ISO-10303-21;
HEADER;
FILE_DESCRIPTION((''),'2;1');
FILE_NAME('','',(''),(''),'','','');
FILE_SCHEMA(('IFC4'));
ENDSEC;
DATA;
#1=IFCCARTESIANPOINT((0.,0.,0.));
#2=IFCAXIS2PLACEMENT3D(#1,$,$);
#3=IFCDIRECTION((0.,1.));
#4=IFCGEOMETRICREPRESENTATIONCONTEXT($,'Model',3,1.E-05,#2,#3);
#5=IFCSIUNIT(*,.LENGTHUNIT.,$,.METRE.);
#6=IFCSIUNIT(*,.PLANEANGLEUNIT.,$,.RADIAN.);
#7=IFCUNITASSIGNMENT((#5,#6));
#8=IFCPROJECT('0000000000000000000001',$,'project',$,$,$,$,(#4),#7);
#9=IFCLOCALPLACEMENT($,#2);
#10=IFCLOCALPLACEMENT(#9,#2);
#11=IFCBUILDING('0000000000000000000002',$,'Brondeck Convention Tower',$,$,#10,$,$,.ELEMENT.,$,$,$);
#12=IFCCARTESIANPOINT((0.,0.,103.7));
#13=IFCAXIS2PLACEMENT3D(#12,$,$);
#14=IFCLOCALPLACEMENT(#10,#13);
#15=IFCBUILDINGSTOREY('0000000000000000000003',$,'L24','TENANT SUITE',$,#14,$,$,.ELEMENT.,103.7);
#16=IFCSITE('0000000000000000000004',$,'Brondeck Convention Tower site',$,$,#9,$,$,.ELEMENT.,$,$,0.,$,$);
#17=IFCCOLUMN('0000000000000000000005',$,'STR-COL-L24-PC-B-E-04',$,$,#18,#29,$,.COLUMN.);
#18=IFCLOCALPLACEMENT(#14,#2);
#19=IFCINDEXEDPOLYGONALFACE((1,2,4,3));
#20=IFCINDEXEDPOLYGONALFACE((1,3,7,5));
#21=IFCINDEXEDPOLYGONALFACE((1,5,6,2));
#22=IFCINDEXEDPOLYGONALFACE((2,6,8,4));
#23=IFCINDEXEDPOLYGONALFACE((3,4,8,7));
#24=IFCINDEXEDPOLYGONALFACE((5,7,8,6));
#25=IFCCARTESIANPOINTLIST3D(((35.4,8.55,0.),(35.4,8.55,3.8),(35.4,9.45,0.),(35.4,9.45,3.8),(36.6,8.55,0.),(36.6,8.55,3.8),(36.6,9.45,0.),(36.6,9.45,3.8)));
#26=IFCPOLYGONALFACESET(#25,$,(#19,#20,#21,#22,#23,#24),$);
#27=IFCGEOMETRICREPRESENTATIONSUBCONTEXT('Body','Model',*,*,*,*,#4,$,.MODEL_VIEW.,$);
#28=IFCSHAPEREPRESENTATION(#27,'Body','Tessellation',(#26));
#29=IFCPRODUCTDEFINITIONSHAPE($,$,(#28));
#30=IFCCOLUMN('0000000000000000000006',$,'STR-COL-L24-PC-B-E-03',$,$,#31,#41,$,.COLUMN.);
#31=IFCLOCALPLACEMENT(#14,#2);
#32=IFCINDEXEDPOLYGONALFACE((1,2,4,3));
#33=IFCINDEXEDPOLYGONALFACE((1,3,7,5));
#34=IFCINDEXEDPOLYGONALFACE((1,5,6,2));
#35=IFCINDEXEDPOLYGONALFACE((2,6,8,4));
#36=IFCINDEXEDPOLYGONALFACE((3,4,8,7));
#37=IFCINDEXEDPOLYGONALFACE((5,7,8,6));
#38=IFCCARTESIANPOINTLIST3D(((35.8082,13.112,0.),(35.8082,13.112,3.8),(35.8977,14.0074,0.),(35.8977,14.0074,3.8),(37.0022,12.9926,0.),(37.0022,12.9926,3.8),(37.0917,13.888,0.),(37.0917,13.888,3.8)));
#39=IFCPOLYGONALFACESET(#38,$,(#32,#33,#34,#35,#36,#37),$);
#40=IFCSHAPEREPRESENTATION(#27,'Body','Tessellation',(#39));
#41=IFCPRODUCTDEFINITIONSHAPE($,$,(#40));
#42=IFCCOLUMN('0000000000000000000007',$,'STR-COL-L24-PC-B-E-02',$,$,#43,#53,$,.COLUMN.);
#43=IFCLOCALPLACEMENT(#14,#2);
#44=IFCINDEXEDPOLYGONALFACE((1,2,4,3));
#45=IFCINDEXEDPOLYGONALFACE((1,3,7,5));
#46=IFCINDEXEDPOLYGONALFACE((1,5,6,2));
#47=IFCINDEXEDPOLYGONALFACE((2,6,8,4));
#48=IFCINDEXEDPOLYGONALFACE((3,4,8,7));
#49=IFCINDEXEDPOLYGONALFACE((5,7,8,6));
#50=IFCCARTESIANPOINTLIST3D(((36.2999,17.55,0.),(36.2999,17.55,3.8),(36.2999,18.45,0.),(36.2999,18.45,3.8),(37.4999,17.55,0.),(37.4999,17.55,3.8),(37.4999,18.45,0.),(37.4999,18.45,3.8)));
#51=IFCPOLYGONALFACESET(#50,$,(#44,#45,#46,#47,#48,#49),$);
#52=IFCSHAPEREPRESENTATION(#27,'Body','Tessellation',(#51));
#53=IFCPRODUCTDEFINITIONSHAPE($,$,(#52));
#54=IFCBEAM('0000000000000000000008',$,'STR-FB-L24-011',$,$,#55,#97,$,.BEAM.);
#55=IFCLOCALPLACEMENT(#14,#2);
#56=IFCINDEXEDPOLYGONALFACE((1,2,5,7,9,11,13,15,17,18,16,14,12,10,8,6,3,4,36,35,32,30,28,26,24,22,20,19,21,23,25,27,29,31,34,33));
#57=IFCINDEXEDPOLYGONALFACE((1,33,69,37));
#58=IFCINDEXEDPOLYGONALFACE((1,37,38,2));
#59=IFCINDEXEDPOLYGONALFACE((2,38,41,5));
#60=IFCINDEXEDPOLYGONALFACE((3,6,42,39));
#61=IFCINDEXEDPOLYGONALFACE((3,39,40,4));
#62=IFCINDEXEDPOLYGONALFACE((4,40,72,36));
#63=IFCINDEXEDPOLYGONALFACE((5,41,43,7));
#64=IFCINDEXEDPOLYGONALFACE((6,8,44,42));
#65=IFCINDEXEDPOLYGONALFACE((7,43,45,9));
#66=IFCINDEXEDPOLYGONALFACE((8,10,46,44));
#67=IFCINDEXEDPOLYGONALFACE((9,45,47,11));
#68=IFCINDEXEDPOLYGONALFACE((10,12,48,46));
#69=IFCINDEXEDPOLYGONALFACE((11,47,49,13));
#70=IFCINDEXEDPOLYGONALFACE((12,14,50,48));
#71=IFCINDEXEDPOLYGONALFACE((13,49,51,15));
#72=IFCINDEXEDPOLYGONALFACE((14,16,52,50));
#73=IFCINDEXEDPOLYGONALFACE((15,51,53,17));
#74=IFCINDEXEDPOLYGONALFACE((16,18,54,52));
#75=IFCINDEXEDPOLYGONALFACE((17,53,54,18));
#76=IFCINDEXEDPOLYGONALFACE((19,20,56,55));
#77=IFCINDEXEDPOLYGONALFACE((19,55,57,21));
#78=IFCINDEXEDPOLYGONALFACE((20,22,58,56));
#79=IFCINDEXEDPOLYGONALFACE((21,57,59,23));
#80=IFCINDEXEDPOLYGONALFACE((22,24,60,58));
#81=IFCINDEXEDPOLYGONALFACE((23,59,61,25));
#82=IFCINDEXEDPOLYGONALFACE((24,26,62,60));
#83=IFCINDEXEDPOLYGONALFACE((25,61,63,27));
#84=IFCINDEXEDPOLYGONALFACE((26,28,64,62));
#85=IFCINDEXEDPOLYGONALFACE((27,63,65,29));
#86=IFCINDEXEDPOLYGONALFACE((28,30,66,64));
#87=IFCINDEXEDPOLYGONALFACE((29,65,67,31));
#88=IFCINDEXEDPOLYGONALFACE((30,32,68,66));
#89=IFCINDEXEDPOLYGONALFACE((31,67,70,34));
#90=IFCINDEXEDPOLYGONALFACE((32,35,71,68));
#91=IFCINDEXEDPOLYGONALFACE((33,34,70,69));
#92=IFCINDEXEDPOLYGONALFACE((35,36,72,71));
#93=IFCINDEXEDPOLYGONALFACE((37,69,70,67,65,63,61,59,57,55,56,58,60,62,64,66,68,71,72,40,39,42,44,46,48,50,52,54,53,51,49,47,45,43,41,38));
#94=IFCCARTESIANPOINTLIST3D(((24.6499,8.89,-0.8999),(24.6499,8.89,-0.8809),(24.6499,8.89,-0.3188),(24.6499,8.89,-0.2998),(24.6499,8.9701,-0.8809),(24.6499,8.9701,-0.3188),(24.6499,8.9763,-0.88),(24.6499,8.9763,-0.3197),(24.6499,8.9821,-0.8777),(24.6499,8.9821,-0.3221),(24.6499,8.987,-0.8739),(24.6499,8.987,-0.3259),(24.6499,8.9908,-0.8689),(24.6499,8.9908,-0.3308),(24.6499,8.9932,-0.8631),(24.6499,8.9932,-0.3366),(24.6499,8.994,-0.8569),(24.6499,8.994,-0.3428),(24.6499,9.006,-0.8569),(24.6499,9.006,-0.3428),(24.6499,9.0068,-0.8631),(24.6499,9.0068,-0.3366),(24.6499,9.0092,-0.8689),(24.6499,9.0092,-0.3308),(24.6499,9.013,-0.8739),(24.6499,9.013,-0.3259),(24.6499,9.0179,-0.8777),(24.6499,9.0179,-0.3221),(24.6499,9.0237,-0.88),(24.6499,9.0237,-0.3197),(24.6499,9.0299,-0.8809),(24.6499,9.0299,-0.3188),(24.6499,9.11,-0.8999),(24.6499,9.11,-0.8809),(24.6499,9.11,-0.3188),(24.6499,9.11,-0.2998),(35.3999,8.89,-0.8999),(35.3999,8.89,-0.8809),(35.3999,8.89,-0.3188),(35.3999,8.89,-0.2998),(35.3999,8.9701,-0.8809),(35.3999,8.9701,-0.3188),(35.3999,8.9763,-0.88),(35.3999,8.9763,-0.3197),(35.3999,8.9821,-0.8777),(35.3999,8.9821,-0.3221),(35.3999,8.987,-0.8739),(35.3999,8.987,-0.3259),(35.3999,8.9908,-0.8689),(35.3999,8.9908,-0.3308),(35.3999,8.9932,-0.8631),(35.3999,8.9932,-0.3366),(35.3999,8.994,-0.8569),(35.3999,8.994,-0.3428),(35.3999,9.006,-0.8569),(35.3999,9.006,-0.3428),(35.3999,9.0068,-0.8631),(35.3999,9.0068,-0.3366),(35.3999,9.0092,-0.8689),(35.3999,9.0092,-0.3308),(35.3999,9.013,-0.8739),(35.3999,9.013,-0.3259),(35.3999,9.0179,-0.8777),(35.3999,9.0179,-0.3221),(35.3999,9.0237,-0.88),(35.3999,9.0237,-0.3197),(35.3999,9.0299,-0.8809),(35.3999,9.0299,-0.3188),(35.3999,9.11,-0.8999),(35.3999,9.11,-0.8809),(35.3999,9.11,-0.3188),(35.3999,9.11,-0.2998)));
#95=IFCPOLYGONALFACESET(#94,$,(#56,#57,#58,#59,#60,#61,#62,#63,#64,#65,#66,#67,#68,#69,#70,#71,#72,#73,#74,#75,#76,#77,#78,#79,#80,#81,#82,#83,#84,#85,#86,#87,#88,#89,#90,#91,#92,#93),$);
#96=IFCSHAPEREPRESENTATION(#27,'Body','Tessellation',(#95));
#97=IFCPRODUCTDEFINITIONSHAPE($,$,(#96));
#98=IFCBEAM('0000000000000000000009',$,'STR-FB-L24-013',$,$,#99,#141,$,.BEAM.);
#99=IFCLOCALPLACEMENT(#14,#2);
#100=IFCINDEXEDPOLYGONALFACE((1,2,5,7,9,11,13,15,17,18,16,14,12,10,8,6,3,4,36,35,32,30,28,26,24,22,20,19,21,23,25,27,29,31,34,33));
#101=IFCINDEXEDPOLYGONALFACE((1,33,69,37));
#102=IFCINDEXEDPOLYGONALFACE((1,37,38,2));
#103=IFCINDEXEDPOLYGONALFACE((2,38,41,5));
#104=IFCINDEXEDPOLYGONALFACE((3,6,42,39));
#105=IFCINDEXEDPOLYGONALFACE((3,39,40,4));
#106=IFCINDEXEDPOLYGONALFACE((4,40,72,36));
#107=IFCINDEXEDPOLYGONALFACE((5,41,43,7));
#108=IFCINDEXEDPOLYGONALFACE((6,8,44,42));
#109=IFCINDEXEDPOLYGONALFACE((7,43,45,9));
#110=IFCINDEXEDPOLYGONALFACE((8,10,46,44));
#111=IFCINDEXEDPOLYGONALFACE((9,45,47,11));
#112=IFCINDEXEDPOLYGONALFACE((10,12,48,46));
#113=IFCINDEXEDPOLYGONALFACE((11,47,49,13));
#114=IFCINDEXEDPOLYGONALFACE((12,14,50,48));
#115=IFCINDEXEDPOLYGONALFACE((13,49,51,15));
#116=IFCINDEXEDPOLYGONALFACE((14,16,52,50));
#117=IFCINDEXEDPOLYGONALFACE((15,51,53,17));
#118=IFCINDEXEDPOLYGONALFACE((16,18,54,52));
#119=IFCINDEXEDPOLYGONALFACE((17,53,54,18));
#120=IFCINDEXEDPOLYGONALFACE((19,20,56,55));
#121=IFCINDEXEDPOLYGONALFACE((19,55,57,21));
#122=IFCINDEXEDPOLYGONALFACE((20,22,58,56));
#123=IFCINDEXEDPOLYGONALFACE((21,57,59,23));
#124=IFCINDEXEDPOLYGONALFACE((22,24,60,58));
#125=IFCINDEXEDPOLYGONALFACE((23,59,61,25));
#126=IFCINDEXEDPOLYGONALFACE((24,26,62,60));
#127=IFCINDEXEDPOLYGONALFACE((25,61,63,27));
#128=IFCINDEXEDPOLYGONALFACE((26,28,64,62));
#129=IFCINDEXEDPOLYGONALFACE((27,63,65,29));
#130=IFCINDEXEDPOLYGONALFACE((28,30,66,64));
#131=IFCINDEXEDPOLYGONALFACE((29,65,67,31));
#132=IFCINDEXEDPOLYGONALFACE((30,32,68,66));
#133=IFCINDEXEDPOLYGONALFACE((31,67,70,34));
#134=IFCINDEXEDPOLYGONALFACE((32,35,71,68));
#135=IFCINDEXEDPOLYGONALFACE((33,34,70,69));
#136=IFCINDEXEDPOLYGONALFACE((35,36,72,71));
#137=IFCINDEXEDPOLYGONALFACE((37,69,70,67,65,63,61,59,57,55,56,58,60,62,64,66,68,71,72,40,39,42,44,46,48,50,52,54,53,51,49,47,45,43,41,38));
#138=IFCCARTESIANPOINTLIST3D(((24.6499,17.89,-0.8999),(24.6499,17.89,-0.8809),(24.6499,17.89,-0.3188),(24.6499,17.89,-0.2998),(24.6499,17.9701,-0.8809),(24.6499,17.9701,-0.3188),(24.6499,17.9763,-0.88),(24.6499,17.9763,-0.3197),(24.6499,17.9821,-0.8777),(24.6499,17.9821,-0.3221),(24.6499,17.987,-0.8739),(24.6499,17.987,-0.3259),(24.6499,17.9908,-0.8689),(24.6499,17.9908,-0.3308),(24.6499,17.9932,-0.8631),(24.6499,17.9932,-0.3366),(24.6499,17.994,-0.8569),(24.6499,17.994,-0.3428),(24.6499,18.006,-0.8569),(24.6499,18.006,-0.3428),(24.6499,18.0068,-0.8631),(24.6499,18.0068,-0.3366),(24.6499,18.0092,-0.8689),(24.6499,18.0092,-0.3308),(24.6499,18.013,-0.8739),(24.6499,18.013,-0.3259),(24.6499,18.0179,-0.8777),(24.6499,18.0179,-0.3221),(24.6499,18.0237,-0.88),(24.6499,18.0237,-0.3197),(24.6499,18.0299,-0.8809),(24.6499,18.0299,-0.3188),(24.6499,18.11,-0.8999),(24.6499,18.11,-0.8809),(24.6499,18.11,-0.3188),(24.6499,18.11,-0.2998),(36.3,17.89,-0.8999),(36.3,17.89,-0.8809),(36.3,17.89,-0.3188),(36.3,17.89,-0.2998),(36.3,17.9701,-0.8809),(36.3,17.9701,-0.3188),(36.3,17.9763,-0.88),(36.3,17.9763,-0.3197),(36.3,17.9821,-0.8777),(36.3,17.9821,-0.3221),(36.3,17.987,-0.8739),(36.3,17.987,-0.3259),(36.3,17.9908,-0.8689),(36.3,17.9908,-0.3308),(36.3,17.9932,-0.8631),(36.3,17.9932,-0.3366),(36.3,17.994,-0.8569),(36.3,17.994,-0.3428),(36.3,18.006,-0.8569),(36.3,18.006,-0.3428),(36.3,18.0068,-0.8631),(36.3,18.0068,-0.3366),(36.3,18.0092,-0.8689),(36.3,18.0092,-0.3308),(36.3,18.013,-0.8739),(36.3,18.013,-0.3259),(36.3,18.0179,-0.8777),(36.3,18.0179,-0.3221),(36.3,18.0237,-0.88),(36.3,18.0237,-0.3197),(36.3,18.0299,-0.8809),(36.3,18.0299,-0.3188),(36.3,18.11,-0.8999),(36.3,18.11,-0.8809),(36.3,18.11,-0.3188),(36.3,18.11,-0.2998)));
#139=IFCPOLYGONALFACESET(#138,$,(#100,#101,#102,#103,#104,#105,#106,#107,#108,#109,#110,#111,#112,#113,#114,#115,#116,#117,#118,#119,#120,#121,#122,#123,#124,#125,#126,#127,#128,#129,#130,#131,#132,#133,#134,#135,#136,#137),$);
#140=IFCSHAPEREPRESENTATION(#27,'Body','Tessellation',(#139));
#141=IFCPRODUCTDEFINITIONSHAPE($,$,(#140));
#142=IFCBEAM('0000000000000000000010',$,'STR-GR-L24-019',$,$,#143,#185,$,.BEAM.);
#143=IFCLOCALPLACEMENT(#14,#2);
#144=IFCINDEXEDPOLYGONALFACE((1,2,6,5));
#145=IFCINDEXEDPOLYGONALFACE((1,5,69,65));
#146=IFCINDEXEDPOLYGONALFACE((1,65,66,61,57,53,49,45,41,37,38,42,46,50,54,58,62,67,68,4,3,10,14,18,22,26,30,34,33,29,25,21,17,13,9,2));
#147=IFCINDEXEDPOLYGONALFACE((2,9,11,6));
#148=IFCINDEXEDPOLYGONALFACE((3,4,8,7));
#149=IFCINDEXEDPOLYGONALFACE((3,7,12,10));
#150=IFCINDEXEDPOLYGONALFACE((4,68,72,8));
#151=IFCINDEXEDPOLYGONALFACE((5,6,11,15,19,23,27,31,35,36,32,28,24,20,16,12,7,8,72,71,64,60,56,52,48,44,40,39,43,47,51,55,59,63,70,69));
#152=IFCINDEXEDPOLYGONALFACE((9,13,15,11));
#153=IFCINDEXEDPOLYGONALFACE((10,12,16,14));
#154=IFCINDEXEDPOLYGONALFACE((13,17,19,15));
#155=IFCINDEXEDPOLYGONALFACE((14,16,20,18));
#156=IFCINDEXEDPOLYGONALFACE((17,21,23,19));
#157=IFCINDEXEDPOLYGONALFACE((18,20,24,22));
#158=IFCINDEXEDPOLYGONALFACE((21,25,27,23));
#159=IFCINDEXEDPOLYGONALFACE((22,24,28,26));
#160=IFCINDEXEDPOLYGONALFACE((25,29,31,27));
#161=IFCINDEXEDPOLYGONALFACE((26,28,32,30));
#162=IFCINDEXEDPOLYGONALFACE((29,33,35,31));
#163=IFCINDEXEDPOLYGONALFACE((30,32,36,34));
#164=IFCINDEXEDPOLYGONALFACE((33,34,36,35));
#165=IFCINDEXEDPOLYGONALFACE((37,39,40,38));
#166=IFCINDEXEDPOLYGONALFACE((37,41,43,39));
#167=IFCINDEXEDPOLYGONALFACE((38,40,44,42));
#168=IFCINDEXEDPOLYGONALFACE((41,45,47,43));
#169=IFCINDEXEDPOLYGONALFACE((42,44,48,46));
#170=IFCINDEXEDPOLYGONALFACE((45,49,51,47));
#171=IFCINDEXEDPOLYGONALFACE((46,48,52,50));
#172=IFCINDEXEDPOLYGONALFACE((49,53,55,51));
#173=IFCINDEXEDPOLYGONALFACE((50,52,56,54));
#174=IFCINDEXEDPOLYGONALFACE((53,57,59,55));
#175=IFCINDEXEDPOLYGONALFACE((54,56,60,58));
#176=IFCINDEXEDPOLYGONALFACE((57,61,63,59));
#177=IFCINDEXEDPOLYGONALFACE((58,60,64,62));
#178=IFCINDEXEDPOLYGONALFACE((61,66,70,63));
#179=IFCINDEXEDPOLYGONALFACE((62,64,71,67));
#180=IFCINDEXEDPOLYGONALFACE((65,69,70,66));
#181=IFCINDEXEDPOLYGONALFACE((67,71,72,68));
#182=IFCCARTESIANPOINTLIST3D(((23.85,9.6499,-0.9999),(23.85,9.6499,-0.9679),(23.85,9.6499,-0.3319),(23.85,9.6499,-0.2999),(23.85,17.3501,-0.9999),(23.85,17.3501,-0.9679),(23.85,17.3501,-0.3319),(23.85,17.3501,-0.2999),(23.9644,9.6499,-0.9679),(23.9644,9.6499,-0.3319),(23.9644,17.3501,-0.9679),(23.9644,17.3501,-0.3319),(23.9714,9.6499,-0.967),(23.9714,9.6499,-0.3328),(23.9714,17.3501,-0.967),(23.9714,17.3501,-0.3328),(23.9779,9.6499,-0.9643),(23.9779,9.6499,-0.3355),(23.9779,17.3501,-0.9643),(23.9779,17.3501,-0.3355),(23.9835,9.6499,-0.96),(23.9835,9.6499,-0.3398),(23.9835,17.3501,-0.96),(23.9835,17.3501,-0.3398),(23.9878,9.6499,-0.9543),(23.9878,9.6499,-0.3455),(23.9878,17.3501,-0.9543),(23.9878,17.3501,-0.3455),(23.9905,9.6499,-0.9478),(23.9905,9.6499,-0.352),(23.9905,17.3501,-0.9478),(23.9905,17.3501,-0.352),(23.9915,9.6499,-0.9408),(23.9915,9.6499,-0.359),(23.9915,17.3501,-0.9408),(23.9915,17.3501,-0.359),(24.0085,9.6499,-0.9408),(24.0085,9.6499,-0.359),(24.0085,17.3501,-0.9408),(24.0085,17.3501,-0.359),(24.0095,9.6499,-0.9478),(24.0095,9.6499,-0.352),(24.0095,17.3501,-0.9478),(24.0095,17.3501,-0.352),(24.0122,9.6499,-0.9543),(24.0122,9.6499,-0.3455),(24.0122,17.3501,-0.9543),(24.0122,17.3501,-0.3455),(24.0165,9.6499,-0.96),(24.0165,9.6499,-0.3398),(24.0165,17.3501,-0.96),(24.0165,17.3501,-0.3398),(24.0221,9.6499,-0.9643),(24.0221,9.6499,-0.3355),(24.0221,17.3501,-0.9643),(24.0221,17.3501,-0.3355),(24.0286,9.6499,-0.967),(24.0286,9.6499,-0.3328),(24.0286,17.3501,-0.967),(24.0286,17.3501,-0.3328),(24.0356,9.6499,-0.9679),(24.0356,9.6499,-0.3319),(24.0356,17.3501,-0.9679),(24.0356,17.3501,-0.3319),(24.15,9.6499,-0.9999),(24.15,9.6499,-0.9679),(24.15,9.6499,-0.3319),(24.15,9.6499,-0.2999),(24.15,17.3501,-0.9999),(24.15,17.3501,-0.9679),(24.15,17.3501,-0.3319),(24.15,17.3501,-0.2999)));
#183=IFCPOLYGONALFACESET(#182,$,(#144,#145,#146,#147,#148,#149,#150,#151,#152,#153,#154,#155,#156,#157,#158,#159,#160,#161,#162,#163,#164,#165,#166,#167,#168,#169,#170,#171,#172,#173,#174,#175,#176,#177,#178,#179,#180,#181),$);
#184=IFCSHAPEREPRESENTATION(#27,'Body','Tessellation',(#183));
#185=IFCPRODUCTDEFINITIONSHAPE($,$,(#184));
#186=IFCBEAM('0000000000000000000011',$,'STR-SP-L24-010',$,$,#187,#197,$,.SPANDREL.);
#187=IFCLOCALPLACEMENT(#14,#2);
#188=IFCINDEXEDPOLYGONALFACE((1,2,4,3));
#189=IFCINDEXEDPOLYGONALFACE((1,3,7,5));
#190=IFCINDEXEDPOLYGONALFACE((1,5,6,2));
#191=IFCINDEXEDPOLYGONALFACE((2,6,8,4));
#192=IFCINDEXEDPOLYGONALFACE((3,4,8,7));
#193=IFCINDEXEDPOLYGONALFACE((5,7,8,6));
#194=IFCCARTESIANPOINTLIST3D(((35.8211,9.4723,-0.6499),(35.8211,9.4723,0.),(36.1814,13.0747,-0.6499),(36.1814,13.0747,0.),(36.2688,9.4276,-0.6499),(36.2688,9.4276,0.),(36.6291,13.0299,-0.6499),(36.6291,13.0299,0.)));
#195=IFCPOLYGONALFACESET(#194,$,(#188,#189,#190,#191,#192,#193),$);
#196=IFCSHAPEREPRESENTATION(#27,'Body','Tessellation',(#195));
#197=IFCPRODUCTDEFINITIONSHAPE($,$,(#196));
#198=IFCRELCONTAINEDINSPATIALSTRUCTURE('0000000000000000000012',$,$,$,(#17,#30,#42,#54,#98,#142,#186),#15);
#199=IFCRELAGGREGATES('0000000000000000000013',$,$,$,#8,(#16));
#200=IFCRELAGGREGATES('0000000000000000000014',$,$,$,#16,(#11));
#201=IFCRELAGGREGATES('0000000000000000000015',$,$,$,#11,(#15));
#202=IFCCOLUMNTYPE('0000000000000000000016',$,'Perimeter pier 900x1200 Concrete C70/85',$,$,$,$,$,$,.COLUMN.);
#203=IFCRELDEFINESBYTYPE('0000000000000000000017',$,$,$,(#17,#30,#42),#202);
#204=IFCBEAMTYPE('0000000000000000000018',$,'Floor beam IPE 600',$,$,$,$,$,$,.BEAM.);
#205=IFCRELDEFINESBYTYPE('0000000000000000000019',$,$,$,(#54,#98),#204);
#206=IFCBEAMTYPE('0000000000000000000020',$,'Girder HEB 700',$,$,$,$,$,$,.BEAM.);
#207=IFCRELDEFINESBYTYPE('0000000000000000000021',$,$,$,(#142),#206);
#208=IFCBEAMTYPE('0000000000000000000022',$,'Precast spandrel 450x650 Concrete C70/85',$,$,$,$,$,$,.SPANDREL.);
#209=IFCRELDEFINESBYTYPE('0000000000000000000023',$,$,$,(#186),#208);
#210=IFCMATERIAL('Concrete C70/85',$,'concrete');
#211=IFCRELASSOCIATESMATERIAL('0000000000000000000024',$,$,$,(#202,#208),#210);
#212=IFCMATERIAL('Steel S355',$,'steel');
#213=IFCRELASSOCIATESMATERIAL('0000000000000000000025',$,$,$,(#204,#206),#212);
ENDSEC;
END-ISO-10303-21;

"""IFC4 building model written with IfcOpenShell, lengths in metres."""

from ifc_helpers import new_model, si_unit, direction, frame, origin, origin_2d, place, context, subcontext, project, spatial, rectangle, i_section, extrude, material, material_profile, profile_set, type_object, element, save


model = new_model("IFC4")

# Units and contexts
model_context = context("Model", 3, precision=1e-05, world=origin(), true_north=direction((0.0, 1.0)))
body_context = subcontext(model_context, "Body", "Model", "MODEL_VIEW")
ifc_project = project(units=[si_unit("LENGTHUNIT", "METRE"), si_unit("PLANEANGLEUNIT", "RADIAN")], contexts=[model_context])

# Site, building, storey
site_placement = place(None, origin())
site = spatial("IfcSite", under=ifc_project, at=site_placement, Name="Brondeck Convention Tower site", CompositionType="ELEMENT", RefElevation=0.0)
building_placement = place(site_placement, origin())
building = spatial("IfcBuilding", under=site, at=building_placement, Name="Brondeck Convention Tower", CompositionType="ELEMENT")
storey_placement = place(building_placement, frame((0.0, 0.0, 103.7)))
storey = spatial("IfcBuildingStorey", under=building, at=storey_placement, Name="L24", Description="TENANT SUITE", CompositionType="ELEMENT", Elevation=103.7)

# Columns
ifc_material_1 = material(Name="Concrete C70/85", Category="concrete")
ifc_material_profile_1 = material_profile(ifc_material_1, rectangle(XDim=0.8999, YDim=1.2, at=origin_2d()), Name="Perimeter pier 900x1200 Concrete C70/85")
ifc_profile_set_1 = profile_set([ifc_material_profile_1], Name="Concrete C70/85")
column_type = type_object("IfcColumnType", Name="Perimeter pier 900x1200 Concrete C70/85", PredefinedType="COLUMN", material=ifc_profile_set_1)
for number, where, z_axis, x_axis, name in (
    (1, (36.0, 9.0, 0.0), (0.0, 0.0, 1.0), (0.0, 1.0, 0.0), "STR-COL-L24-PC-B-E-04"),
    (2, (36.45, 13.5, 0.0), (0.0, 0.0, 1.0), (0.099504, 0.995037, 0.0), "STR-COL-L24-PC-B-E-03"),
    (3, (36.8999, 18.0, 0.0), (0.0, 0.0, 1.0), (0.0, 1.0, 0.0), "STR-COL-L24-PC-B-E-02"),
):
    element("IfcColumn", number, at=place(storey_placement, frame(where, z_axis=z_axis, x_axis=x_axis)), inside=storey, type_object=column_type, Name=name, PredefinedType="COLUMN", context=body_context, shape_type="SweptSolid", body=[
        extrude(rectangle(XDim=0.8999, YDim=1.2, at=origin_2d()), origin(), (0.0, 0.0, 1.0), 3.8),
    ])

# Beams
ifc_material_2 = material(Name="Steel S355", Category="steel")
ifc_material_profile_2 = material_profile(ifc_material_2, i_section(OverallWidth=0.22, OverallDepth=0.6001, WebThickness=0.012, FlangeThickness=0.019, FilletRadius=0.0239, at=origin_2d()), Name="IPE 600")
ifc_profile_set_2 = profile_set([ifc_material_profile_2], Name="Steel S355")
beam_type_1 = type_object("IfcBeamType", Name="Floor beam IPE 600", PredefinedType="BEAM", material=ifc_profile_set_2)
beam_1_placement = place(storey_placement, frame((24.6499, 9.0, -0.5999), z_axis=(1.0, 0.0, 0.0), x_axis=(0.0, 1.0, 0.0)))
element("IfcBeam", 4, at=beam_1_placement, inside=storey, type_object=beam_type_1, Name="STR-FB-L24-011", PredefinedType="BEAM", context=body_context, shape_type="SweptSolid", body=[
    extrude(i_section(OverallWidth=0.22, OverallDepth=0.6001, WebThickness=0.012, FlangeThickness=0.019, FilletRadius=0.0239, at=origin_2d()), origin(), (0.0, 0.0, 1.0), 10.75),
])
beam_2_placement = place(storey_placement, frame((24.6499, 18.0, -0.5999), z_axis=(1.0, 0.0, 0.0), x_axis=(0.0, 1.0, 0.0)))
element("IfcBeam", 5, at=beam_2_placement, inside=storey, type_object=beam_type_1, Name="STR-FB-L24-013", PredefinedType="BEAM", context=body_context, shape_type="SweptSolid", body=[
    extrude(i_section(OverallWidth=0.22, OverallDepth=0.6001, WebThickness=0.012, FlangeThickness=0.019, FilletRadius=0.0239, at=origin_2d()), origin(), (0.0, 0.0, 1.0), 11.6501),
])
ifc_material_profile_3 = material_profile(ifc_material_2, i_section(OverallWidth=0.3, OverallDepth=0.7, WebThickness=0.0171, FlangeThickness=0.032, FilletRadius=0.0271, at=origin_2d()), Name="HEB 700")
ifc_profile_set_3 = profile_set([ifc_material_profile_3], Name="Steel S355")
beam_type_2 = type_object("IfcBeamType", Name="Girder HEB 700", PredefinedType="BEAM", material=ifc_profile_set_3)
beam_3_placement = place(storey_placement, frame((24.0, 17.3501, -0.6499), z_axis=(0.0, -1.0, 0.0), x_axis=(1.0, 0.0, 0.0)))
element("IfcBeam", 6, at=beam_3_placement, inside=storey, type_object=beam_type_2, Name="STR-GR-L24-019", PredefinedType="BEAM", context=body_context, shape_type="SweptSolid", body=[
    extrude(i_section(OverallWidth=0.3, OverallDepth=0.7, WebThickness=0.0171, FlangeThickness=0.032, FilletRadius=0.0271, at=origin_2d()), origin(), (0.0, 0.0, 1.0), 7.7002),
])
ifc_material_profile_4 = material_profile(ifc_material_1, rectangle(XDim=0.45, YDim=0.6499, at=origin_2d()), Name="Precast spandrel 450x650 Concrete C70/85")
ifc_profile_set_4 = profile_set([ifc_material_profile_4], Name="Concrete C70/85")
beam_type_3 = type_object("IfcBeamType", Name="Precast spandrel 450x650 Concrete C70/85", PredefinedType="SPANDREL", material=ifc_profile_set_4)
for number, where, z_axis, x_axis, name in (
    (7, (36.0449, 9.45, -0.325), (0.099537, 0.995034, 0.0), (-0.995034, 0.099537, 0.0), "STR-SP-L24-010"),
):
    element("IfcBeam", number, at=place(storey_placement, frame(where, z_axis=z_axis, x_axis=x_axis)), inside=storey, type_object=beam_type_3, Name=name, PredefinedType="SPANDREL", context=body_context, shape_type="SweptSolid", body=[
        extrude(rectangle(XDim=0.45, YDim=0.6499, at=origin_2d()), origin(), (0.0, 0.0, 1.0), 3.6204),
    ])

save(model, "model.ifc")
